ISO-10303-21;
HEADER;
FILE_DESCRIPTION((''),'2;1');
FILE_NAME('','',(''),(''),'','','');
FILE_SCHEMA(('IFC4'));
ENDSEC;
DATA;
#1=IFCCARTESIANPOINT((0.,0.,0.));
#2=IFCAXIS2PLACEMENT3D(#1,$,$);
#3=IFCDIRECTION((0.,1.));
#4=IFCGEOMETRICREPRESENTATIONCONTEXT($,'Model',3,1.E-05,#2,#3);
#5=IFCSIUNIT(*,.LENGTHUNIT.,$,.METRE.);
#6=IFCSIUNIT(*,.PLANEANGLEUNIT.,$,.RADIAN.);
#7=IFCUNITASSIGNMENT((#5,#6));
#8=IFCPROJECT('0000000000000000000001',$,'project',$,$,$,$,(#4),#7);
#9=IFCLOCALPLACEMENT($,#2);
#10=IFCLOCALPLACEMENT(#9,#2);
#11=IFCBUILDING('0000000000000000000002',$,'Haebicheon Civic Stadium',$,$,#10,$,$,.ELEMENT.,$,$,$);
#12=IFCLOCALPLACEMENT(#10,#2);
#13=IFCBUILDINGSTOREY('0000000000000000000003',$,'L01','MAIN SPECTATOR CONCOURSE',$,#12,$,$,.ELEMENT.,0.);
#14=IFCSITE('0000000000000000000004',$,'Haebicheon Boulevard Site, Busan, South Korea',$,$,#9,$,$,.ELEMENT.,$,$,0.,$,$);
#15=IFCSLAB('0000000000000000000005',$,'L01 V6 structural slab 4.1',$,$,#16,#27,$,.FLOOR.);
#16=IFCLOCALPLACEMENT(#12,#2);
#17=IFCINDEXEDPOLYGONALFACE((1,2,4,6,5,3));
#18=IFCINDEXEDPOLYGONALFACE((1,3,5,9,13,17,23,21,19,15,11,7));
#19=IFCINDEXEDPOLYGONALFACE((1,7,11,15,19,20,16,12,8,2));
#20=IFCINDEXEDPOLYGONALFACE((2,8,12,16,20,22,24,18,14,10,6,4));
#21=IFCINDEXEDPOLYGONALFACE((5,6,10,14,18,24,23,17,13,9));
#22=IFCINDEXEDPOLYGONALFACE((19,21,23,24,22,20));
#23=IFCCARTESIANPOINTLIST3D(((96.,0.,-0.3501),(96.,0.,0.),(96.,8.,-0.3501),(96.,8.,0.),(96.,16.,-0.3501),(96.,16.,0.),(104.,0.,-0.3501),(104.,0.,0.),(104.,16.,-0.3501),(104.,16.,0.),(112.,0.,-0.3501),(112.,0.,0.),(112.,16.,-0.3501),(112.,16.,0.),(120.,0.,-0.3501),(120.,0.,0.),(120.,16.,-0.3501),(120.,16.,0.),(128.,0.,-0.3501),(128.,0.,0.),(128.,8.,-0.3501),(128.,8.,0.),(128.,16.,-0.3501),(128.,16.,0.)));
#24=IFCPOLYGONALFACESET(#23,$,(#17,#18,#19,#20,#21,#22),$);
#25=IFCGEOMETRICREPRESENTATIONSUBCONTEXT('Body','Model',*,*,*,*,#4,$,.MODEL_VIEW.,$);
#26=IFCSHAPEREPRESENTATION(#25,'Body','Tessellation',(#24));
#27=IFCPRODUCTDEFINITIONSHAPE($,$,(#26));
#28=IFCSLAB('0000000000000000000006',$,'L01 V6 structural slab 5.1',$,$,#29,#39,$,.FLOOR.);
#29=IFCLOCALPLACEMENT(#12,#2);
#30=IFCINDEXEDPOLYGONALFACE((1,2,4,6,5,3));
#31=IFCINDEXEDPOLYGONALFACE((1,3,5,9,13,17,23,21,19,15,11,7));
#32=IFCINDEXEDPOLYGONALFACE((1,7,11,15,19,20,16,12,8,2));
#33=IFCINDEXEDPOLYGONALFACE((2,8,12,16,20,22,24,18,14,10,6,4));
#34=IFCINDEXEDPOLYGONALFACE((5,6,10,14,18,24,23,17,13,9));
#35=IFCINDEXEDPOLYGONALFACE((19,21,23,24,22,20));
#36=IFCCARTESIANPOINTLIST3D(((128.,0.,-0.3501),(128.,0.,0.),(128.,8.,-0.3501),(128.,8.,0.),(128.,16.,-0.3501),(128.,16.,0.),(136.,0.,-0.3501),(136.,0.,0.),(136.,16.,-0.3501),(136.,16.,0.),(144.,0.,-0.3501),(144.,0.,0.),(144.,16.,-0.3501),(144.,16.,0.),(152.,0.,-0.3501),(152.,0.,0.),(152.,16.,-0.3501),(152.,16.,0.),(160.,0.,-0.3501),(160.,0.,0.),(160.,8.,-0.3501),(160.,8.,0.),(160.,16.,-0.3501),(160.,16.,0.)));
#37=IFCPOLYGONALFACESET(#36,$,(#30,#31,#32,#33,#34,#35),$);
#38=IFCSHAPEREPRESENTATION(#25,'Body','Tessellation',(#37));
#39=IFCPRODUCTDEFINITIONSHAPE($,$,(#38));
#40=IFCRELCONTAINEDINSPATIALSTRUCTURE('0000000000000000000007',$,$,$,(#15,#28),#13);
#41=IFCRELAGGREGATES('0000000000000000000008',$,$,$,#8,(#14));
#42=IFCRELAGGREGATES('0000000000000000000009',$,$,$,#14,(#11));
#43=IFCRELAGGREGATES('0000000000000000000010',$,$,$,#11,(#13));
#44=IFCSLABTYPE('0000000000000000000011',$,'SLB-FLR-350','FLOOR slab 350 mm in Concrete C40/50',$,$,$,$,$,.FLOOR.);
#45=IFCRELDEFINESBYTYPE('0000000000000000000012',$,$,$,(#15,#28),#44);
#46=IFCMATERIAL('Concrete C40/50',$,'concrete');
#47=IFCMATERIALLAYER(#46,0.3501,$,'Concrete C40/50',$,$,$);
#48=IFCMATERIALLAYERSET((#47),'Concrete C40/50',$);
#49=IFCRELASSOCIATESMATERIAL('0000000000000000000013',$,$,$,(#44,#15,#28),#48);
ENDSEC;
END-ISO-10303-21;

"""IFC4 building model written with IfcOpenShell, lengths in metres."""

from ifc_helpers import new_model, si_unit, direction, frame, origin, place, context, subcontext, project, spatial, polyline, outline, extrude, material, layer, layer_set, type_object, element, save


model = new_model("IFC4")

# Units and contexts
model_context = context("Model", 3, precision=1e-05, world=origin(), true_north=direction((0.0, 1.0)))
body_context = subcontext(model_context, "Body", "Model", "MODEL_VIEW")
ifc_project = project(units=[si_unit("LENGTHUNIT", "METRE"), si_unit("PLANEANGLEUNIT", "RADIAN")], contexts=[model_context])

# Site, building, storey
site_placement = place(None, origin())
site = spatial("IfcSite", under=ifc_project, at=site_placement, Name="Haebicheon Boulevard Site, Busan, South Korea", CompositionType="ELEMENT", RefElevation=0.0)
building_placement = place(site_placement, origin())
building = spatial("IfcBuilding", under=site, at=building_placement, Name="Haebicheon Civic Stadium", CompositionType="ELEMENT")
storey_placement = place(building_placement, origin())
storey = spatial("IfcBuildingStorey", under=building, at=storey_placement, Name="L01", Description="MAIN SPECTATOR CONCOURSE", CompositionType="ELEMENT", Elevation=0.0)

# Slabs
ifc_material_1 = material(Name="Concrete C40/50", Category="concrete")
ifc_layer_1 = layer(ifc_material_1, 0.3501, Name="Concrete C40/50")
ifc_layer_set_1 = layer_set([ifc_layer_1], Name="Concrete C40/50")
slab_type_1 = type_object("IfcSlabType", Name="SLB-FLR-350", Description="FLOOR slab 350 mm in Concrete C40/50", PredefinedType="FLOOR", material=ifc_layer_set_1)
slab_1_placement = place(storey_placement, frame((0.0, 0.0, -0.3501)))
element("IfcSlab", 1, at=slab_1_placement, inside=storey, type_object=slab_type_1, material=ifc_layer_set_1, Name="L01 V6 structural slab 4.1", PredefinedType="FLOOR", context=body_context, shape_type="SweptSolid", body=[
    extrude(outline(polyline([(128.0, 0.0), (120.0, 0.0), (112.0, 0.0), (104.0, 0.0), (96.0, 0.0), (96.0, 8.0), (96.0, 16.0), (104.0, 16.0), (112.0, 16.0), (120.0, 16.0), (128.0, 16.0), (128.0, 8.0), (128.0, 0.0)])), origin(), (0.0, 0.0, 1.0), 0.3501),
])
slab_2_placement = place(storey_placement, frame((0.0, 0.0, -0.3501)))
element("IfcSlab", 2, at=slab_2_placement, inside=storey, type_object=slab_type_1, material=ifc_layer_set_1, Name="L01 V6 structural slab 5.1", PredefinedType="FLOOR", context=body_context, shape_type="SweptSolid", body=[
    extrude(outline(polyline([(160.0, 0.0), (152.0, 0.0), (144.0, 0.0), (136.0, 0.0), (128.0, 0.0), (128.0, 8.0), (128.0, 16.0), (136.0, 16.0), (144.0, 16.0), (152.0, 16.0), (160.0, 16.0), (160.0, 8.0), (160.0, 0.0)])), origin(), (0.0, 0.0, 1.0), 0.3501),
])

save(model, "model.ifc")
